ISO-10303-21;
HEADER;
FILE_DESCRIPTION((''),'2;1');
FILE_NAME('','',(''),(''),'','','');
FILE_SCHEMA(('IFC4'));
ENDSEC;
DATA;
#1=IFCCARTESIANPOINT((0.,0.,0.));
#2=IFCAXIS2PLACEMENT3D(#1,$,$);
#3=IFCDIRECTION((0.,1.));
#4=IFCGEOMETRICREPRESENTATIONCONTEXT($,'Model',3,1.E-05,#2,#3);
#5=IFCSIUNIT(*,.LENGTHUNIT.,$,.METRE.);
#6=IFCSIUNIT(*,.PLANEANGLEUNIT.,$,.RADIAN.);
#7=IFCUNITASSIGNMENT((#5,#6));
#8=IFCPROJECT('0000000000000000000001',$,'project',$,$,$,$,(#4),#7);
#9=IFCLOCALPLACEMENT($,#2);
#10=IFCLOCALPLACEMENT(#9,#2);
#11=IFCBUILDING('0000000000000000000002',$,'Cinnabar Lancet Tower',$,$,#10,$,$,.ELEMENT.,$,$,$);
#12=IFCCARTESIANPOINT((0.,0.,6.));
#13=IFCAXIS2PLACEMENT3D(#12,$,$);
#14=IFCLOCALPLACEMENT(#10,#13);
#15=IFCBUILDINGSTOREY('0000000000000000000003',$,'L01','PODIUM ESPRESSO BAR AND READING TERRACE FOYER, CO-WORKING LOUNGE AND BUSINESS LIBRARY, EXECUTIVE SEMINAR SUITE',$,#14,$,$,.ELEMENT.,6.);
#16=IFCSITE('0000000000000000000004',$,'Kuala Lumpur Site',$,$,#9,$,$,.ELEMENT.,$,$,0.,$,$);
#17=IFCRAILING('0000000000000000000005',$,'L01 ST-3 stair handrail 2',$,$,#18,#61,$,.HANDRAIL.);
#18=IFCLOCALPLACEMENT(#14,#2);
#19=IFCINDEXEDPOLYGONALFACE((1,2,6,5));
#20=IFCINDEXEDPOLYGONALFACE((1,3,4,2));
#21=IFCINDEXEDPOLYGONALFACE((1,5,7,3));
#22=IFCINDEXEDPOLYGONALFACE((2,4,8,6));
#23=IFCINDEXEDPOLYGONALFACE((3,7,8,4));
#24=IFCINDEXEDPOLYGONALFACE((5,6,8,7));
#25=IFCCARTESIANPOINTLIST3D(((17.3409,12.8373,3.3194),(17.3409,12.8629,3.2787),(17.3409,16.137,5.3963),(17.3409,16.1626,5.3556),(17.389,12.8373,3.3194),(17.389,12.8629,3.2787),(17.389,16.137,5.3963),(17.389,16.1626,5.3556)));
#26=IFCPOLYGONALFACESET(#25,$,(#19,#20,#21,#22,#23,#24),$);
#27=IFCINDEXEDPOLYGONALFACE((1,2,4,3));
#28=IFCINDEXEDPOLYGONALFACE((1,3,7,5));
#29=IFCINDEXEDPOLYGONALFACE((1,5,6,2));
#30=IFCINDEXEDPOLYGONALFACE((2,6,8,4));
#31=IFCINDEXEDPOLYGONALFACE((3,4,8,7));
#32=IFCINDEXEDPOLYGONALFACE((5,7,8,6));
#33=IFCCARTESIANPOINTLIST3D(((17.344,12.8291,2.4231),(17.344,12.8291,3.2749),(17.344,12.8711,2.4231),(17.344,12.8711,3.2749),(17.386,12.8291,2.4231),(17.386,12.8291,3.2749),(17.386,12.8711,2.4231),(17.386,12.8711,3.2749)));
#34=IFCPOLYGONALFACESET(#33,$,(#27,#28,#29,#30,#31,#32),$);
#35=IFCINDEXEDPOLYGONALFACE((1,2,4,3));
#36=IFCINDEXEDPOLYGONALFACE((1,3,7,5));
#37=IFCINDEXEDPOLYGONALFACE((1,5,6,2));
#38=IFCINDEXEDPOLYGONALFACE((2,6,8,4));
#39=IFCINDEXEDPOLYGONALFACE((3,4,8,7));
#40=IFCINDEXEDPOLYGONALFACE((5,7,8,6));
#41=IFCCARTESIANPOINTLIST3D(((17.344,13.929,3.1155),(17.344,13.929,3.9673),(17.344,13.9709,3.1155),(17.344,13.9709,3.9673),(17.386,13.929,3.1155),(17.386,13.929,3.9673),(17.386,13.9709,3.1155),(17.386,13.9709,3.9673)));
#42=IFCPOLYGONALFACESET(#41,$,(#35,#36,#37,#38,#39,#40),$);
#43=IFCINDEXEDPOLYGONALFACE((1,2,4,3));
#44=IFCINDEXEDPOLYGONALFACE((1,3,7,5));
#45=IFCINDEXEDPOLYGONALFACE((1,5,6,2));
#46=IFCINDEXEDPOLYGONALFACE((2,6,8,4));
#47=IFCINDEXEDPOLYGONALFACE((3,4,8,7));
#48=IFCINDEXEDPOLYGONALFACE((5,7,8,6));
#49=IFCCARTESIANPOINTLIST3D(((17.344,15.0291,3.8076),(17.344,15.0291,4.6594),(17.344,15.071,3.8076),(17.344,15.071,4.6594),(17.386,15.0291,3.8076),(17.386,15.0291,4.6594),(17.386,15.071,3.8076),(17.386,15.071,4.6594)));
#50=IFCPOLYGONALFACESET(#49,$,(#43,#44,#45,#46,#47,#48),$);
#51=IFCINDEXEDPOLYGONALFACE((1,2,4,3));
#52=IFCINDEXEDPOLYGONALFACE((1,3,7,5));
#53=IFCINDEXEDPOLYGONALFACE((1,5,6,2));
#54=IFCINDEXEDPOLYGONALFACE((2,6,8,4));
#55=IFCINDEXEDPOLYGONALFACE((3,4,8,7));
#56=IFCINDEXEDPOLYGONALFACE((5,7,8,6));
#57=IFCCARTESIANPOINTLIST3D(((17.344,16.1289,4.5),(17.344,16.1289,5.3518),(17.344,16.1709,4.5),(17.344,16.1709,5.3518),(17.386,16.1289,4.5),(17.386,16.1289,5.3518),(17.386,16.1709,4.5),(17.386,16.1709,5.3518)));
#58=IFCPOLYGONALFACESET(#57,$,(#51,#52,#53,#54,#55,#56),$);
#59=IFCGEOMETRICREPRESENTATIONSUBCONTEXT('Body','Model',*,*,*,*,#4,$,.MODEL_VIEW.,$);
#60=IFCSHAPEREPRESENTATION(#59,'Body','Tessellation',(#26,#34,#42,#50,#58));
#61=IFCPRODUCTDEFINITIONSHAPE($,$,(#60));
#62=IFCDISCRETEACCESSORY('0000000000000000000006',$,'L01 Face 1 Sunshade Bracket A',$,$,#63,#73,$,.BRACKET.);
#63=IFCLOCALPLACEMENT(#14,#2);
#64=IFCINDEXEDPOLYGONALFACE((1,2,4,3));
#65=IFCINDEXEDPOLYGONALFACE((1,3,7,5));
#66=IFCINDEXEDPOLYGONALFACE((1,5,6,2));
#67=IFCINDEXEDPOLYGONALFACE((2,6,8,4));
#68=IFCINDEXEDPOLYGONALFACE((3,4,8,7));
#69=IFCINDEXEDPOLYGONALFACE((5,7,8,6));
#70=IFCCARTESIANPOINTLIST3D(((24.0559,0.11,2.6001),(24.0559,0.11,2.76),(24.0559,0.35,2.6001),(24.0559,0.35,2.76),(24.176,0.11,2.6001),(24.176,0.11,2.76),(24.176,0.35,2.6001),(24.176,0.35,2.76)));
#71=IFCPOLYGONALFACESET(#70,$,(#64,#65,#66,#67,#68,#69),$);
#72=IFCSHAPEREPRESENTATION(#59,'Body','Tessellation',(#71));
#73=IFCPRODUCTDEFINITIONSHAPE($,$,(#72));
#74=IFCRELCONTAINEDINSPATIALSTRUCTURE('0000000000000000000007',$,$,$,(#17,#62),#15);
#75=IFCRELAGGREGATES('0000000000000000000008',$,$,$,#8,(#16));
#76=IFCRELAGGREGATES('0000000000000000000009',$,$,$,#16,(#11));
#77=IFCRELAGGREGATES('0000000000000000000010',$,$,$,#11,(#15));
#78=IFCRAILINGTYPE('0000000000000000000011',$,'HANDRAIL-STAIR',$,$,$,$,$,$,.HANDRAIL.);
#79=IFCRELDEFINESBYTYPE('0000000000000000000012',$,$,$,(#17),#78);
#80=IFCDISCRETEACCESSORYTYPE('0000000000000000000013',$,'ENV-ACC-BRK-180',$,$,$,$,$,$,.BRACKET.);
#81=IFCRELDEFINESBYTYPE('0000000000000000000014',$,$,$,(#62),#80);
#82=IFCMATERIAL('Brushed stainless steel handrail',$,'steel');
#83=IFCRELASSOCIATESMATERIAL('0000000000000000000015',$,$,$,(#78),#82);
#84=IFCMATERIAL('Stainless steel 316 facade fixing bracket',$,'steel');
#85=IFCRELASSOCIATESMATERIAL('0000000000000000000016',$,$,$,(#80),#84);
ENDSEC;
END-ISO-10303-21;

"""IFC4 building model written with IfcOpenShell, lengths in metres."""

from ifc_helpers import new_model, si_unit, direction, frame, origin, origin_2d, place, context, subcontext, project, spatial, rectangle, extrude, material, type_object, element, save


model = new_model("IFC4")

# Units and contexts
model_context = context("Model", 3, precision=1e-05, world=origin(), true_north=direction((0.0, 1.0)))
body_context = subcontext(model_context, "Body", "Model", "MODEL_VIEW")
ifc_project = project(units=[si_unit("LENGTHUNIT", "METRE"), si_unit("PLANEANGLEUNIT", "RADIAN")], contexts=[model_context])

# Site, building, storey
site_placement = place(None, origin())
site = spatial("IfcSite", under=ifc_project, at=site_placement, Name="Kuala Lumpur Site", CompositionType="ELEMENT", RefElevation=0.0)
building_placement = place(site_placement, origin())
building = spatial("IfcBuilding", under=site, at=building_placement, Name="Cinnabar Lancet Tower", CompositionType="ELEMENT")
storey_placement = place(building_placement, frame((0.0, 0.0, 6.0)))
storey = spatial("IfcBuildingStorey", under=building, at=storey_placement, Name="L01", Description="PODIUM ESPRESSO BAR AND READING TERRACE FOYER, CO-WORKING LOUNGE AND BUSINESS LIBRARY, EXECUTIVE SEMINAR SUITE", CompositionType="ELEMENT", Elevation=6.0)

# Railing
ifc_material_1 = material(Name="Brushed stainless steel handrail", Category="steel")
railing_type_1 = type_object("IfcRailingType", Name="HANDRAIL-STAIR", PredefinedType="HANDRAIL", material=ifc_material_1)
railing_1_placement = place(storey_placement, frame((17.365, 12.8501, 2.4231)))
element("IfcRailing", 1, at=railing_1_placement, inside=storey, type_object=railing_type_1, Name="L01 ST-3 stair handrail 2", PredefinedType="HANDRAIL", context=body_context, shape_type="SweptSolid", body=[
    extrude(rectangle(XDim=0.0481, YDim=0.0481, at=origin_2d()), frame((0.0, 0.0, 0.876), z_axis=(0.0, 0.84632, 0.532675), x_axis=(-1.0, 0.0, 0.0)), (0.0, 0.0, 1.0), 3.8989),
    extrude(rectangle(XDim=0.042, YDim=0.042, at=origin_2d()), origin(), (0.0, 0.0, 1.0), 0.8518),
    extrude(rectangle(XDim=0.042, YDim=0.042, at=origin_2d()), frame((0.0, 1.0999, 0.6924)), (0.0, 0.0, 1.0), 0.8518),
    extrude(rectangle(XDim=0.042, YDim=0.042, at=origin_2d()), frame((0.0, 2.2, 1.3845)), (0.0, 0.0, 1.0), 0.8518),
    extrude(rectangle(XDim=0.042, YDim=0.042, at=origin_2d()), frame((0.0, 3.2998, 2.0769)), (0.0, 0.0, 1.0), 0.8518),
])

# Discrete accessory
ifc_material_2 = material(Name="Stainless steel 316 facade fixing bracket", Category="steel")
discrete_accessory_type = type_object("IfcDiscreteAccessoryType", Name="ENV-ACC-BRK-180", PredefinedType="BRACKET", material=ifc_material_2)
discrete_accessory_placement = place(storey_placement, frame((24.116, 0.23, 2.6001), z_axis=(0.0, 0.0, 1.0), x_axis=(1.0, 0.0, 0.0)))
element("IfcDiscreteAccessory", 2, at=discrete_accessory_placement, inside=storey, type_object=discrete_accessory_type, Name="L01 Face 1 Sunshade Bracket A", PredefinedType="BRACKET", context=body_context, shape_type="SweptSolid", body=[
    extrude(rectangle(XDim=0.1201, YDim=0.24, at=origin_2d()), origin(), (0.0, 0.0, 1.0), 0.1599),
])

save(model, "model.ifc")
